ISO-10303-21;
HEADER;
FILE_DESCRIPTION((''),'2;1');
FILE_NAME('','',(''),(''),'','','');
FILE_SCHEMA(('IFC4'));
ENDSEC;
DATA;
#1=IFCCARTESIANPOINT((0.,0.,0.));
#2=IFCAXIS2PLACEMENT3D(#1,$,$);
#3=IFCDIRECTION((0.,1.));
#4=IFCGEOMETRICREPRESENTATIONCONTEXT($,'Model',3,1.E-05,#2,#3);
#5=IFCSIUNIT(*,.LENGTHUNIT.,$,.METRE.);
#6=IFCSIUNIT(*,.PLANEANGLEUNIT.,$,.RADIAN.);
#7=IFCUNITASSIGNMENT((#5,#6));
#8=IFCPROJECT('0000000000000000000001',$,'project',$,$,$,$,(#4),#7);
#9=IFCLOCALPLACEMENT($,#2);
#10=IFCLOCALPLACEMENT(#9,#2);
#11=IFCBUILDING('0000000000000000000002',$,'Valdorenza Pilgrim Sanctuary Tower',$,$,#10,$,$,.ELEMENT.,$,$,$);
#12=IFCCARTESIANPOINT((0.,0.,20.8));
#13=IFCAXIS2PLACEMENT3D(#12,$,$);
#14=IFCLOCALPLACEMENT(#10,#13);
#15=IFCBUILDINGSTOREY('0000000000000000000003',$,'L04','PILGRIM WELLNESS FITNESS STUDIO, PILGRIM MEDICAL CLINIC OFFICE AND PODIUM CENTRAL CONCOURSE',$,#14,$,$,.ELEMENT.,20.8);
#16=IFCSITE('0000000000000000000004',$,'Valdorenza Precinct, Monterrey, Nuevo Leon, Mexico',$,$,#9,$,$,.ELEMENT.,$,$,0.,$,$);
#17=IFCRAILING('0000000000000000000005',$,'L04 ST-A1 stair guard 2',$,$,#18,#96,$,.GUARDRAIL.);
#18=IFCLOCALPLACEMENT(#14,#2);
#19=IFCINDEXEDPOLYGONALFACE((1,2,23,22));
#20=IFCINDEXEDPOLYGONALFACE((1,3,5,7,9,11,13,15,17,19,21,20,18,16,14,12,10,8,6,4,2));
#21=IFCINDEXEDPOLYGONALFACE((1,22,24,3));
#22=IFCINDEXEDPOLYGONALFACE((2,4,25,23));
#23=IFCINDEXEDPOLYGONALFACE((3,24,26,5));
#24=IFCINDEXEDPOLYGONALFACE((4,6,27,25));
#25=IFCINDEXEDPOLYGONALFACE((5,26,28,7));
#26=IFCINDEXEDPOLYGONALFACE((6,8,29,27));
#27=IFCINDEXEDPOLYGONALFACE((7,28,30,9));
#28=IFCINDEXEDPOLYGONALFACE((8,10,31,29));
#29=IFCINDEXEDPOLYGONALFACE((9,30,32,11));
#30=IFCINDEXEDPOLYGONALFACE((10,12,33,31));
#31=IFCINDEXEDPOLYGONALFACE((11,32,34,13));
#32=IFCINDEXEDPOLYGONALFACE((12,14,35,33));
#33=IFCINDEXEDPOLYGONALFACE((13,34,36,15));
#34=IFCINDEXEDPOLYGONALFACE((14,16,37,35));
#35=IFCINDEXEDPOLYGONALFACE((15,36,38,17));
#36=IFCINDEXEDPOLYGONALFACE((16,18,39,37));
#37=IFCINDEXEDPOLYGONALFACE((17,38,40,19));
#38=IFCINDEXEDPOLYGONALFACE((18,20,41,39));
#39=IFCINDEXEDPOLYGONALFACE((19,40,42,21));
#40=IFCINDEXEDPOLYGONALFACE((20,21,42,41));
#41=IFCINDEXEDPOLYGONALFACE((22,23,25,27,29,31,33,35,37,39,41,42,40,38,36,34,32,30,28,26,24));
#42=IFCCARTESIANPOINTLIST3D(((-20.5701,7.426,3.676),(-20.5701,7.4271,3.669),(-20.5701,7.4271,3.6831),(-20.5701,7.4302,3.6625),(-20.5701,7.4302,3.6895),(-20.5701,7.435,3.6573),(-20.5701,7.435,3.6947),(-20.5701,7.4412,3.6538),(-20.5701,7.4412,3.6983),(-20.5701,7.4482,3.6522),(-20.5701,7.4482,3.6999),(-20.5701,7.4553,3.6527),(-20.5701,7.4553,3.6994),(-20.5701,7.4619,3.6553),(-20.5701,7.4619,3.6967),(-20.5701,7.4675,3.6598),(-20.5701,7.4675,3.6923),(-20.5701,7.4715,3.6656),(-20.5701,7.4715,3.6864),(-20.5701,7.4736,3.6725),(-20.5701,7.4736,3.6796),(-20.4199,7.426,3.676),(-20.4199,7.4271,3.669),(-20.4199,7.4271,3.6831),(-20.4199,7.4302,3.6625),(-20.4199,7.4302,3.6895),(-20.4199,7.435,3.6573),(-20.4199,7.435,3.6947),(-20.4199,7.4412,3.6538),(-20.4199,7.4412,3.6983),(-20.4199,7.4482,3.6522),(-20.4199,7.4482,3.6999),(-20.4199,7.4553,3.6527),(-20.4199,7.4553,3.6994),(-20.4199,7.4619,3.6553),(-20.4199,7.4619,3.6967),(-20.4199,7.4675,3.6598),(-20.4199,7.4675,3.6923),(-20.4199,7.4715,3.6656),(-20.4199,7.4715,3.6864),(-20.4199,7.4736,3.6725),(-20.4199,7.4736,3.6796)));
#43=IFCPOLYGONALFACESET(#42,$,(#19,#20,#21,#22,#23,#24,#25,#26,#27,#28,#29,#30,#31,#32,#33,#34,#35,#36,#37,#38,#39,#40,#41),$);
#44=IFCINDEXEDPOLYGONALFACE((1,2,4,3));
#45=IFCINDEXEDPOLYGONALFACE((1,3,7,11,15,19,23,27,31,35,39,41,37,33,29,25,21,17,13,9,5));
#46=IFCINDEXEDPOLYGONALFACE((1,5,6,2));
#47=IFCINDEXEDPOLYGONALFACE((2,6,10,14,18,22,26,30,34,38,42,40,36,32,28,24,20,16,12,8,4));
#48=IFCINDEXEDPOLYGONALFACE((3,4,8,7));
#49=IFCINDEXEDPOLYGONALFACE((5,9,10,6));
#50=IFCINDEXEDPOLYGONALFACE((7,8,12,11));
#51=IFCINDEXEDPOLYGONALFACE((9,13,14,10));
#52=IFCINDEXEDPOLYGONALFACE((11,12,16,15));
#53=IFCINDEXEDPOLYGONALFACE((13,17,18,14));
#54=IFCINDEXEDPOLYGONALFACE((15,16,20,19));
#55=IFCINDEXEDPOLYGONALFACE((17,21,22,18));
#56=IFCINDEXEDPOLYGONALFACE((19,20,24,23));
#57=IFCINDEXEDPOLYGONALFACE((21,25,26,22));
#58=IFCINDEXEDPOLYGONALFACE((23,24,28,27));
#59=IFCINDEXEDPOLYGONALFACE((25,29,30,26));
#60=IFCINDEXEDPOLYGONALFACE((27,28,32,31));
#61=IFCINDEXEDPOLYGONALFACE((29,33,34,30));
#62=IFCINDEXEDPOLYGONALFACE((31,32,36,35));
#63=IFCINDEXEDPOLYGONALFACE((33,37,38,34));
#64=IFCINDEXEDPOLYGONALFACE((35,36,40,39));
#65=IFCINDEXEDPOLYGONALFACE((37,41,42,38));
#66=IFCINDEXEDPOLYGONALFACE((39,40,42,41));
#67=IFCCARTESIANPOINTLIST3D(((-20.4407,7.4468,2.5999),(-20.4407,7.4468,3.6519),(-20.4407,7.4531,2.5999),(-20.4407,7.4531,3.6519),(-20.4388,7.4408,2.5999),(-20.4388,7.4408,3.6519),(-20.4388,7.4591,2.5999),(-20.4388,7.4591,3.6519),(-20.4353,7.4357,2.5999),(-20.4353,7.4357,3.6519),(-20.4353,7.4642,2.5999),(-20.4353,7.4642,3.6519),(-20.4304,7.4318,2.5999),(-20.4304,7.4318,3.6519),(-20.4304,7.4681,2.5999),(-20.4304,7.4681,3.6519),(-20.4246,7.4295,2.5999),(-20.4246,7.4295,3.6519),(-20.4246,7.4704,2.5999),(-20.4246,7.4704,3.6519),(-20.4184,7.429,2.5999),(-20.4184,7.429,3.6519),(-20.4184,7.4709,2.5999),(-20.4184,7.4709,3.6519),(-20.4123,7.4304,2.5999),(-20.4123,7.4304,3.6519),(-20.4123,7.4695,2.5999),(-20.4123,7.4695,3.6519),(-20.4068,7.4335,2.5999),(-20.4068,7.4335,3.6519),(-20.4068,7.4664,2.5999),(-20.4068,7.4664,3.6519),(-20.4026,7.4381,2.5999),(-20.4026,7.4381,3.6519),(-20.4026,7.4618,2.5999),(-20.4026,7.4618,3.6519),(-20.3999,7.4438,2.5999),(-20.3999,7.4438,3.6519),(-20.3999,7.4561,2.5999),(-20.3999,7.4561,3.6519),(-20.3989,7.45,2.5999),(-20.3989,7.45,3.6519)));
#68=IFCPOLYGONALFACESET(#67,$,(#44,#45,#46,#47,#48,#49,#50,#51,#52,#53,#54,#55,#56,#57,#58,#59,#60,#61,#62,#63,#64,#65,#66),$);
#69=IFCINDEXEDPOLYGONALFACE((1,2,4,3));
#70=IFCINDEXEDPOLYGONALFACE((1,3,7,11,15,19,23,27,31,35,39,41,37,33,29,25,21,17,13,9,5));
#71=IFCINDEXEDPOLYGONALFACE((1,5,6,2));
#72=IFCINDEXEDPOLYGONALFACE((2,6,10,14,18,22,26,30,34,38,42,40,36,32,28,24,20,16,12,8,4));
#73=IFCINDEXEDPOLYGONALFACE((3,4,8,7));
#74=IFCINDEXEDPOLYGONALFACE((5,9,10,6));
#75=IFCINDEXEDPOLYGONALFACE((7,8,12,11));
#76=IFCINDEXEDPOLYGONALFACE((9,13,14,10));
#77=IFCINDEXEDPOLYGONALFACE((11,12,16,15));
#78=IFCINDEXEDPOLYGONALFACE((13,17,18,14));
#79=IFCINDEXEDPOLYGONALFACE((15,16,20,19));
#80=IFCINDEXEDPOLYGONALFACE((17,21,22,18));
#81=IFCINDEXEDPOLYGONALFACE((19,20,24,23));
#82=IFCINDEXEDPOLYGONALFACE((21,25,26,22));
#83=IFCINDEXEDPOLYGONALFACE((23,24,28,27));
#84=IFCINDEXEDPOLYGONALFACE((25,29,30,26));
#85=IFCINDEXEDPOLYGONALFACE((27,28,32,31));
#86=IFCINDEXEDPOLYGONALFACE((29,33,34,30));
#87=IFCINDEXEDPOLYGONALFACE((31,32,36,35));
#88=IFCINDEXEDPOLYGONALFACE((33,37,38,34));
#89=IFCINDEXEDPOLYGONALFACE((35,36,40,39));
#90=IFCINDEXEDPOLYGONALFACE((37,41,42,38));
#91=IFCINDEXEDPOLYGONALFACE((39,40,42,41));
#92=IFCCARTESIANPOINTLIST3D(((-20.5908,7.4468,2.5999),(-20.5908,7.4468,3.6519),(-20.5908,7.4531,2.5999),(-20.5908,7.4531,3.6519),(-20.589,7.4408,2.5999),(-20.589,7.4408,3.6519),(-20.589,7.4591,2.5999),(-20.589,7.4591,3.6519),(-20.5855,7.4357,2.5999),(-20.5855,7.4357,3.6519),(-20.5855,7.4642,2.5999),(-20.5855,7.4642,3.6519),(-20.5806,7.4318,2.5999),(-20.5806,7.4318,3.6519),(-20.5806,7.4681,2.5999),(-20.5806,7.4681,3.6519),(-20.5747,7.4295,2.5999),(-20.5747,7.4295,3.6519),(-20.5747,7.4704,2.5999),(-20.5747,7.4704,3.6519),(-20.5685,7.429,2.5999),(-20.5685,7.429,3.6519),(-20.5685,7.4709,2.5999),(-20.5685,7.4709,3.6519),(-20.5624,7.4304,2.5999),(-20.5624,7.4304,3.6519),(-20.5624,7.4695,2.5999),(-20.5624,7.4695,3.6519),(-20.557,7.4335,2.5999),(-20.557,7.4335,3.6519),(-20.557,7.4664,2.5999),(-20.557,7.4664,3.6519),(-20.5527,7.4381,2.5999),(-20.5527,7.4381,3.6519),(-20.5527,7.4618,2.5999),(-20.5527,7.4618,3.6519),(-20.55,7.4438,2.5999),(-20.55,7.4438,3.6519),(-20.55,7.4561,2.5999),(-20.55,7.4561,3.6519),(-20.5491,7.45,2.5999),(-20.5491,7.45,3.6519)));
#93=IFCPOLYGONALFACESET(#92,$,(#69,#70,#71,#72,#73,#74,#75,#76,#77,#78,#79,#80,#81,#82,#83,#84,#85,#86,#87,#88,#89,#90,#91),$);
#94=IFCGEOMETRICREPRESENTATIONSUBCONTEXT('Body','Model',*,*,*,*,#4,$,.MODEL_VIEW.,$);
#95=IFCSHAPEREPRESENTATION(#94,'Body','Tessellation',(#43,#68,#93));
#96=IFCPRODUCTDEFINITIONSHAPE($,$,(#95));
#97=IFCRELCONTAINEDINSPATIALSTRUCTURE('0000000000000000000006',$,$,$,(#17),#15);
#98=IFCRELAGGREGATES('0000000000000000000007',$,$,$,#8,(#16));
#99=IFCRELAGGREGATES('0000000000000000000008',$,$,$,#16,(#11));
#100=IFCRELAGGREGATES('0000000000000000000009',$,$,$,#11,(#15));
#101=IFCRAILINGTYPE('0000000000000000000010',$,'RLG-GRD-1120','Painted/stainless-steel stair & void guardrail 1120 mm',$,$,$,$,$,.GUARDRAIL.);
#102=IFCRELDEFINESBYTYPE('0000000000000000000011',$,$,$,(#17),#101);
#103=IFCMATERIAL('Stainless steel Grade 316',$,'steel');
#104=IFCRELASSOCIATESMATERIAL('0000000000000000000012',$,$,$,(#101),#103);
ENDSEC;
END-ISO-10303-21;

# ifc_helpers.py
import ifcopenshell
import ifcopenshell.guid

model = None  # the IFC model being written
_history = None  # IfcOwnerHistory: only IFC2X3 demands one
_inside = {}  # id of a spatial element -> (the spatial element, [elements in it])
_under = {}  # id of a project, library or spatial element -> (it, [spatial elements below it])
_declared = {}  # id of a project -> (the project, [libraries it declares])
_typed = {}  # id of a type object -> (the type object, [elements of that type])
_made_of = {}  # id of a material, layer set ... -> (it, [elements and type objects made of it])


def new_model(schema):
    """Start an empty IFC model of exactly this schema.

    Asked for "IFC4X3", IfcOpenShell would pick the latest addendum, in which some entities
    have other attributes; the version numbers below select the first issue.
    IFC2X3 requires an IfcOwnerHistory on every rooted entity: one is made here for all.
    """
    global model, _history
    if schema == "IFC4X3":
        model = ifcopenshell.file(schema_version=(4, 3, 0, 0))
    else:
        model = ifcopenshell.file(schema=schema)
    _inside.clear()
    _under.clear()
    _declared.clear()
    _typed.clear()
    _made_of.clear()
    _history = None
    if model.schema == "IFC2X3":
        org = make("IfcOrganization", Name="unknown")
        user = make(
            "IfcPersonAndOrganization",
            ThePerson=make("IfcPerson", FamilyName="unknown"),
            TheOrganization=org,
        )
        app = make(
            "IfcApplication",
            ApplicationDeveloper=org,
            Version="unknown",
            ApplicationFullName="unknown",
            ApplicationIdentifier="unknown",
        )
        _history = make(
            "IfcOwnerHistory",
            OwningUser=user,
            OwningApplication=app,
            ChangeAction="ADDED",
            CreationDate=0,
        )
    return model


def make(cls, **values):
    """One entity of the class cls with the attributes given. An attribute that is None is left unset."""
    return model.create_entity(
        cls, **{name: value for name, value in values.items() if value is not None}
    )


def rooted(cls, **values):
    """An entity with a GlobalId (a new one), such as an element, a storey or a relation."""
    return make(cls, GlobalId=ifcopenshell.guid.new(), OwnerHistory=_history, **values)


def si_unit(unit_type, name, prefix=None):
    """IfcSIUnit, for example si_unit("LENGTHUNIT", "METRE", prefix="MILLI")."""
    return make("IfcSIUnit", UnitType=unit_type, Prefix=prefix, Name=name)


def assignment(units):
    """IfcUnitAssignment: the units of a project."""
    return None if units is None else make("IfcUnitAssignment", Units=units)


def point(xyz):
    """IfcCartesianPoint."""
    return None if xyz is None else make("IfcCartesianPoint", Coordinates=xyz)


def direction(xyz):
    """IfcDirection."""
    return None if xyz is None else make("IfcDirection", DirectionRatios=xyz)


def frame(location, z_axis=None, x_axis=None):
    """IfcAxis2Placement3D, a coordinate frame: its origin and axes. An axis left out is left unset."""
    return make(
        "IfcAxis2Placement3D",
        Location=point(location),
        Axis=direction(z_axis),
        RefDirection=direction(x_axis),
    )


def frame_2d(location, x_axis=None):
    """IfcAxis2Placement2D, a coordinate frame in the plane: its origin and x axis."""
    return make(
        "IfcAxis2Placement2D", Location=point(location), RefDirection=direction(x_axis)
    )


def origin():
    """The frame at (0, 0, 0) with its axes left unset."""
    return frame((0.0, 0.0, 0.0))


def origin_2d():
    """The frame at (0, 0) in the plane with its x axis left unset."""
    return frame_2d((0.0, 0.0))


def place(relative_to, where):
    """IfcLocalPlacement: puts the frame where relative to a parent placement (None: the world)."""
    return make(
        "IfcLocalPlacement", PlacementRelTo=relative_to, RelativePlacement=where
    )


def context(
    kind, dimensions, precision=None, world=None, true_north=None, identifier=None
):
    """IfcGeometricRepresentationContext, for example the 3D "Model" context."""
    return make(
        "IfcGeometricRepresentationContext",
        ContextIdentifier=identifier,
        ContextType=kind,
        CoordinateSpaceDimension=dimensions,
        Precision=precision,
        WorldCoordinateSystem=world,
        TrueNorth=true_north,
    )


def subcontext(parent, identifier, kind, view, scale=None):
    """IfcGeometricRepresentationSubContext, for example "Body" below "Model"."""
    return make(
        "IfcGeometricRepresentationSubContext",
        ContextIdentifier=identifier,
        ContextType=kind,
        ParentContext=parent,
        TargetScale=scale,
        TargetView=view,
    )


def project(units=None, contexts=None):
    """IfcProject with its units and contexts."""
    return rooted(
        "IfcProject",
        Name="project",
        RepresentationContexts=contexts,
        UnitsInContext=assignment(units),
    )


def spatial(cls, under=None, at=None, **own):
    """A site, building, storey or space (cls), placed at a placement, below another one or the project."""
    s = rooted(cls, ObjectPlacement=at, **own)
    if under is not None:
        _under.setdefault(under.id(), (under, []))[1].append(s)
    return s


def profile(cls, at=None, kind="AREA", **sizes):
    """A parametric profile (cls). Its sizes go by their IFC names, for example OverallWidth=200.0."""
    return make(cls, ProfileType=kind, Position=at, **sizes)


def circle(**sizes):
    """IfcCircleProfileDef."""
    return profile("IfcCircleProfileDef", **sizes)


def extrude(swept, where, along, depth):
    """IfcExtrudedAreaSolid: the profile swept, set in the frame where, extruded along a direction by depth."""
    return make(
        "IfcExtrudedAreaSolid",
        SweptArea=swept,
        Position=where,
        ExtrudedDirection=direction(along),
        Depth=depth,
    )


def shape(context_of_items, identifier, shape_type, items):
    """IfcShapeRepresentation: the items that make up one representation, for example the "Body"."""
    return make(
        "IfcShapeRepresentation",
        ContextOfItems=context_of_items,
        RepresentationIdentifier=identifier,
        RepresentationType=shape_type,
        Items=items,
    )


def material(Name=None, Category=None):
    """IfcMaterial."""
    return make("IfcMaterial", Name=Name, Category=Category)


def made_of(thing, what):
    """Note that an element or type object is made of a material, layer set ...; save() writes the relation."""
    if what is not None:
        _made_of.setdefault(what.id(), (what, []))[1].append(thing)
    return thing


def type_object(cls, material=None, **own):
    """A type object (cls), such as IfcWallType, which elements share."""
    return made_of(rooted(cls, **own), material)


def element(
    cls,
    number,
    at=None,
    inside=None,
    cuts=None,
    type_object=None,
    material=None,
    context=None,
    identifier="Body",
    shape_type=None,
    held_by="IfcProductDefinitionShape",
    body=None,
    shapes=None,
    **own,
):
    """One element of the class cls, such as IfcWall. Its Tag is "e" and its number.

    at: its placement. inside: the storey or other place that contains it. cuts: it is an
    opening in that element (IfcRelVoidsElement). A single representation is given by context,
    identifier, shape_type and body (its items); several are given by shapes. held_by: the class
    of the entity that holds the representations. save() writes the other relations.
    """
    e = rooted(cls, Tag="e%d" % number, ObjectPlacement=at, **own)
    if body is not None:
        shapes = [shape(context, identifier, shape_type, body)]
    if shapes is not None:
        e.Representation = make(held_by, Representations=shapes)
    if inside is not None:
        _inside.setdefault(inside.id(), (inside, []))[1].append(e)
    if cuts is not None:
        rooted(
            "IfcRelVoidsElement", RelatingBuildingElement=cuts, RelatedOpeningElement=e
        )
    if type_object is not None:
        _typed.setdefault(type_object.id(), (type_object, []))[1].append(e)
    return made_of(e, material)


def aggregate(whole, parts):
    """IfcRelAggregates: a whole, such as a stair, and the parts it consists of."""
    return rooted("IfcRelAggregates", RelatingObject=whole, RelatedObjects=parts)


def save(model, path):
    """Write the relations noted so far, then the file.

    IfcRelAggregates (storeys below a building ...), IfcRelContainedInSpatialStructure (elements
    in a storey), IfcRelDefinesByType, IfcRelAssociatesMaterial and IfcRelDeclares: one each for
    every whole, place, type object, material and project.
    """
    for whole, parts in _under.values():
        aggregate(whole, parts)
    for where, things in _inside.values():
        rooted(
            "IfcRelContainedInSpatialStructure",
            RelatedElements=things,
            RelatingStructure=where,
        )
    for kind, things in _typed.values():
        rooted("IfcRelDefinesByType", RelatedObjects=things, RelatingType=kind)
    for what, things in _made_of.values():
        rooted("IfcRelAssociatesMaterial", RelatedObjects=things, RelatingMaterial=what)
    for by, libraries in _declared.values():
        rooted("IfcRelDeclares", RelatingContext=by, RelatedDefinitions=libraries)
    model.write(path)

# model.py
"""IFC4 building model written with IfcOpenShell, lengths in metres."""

from ifc_helpers import new_model, si_unit, direction, frame, origin, origin_2d, place, context, subcontext, project, spatial, circle, extrude, material, type_object, element, save


model = new_model("IFC4")

# Units and contexts
model_context = context("Model", 3, precision=1e-05, world=origin(), true_north=direction((0.0, 1.0)))
body_context = subcontext(model_context, "Body", "Model", "MODEL_VIEW")
ifc_project = project(units=[si_unit("LENGTHUNIT", "METRE"), si_unit("PLANEANGLEUNIT", "RADIAN")], contexts=[model_context])

# Site, building, storey
site_placement = place(None, origin())
site = spatial("IfcSite", under=ifc_project, at=site_placement, Name="Valdorenza Precinct, Monterrey, Nuevo Leon, Mexico", CompositionType="ELEMENT", RefElevation=0.0)
building_placement = place(site_placement, origin())
building = spatial("IfcBuilding", under=site, at=building_placement, Name="Valdorenza Pilgrim Sanctuary Tower", CompositionType="ELEMENT")
storey_placement = place(building_placement, frame((0.0, 0.0, 20.8)))
storey = spatial("IfcBuildingStorey", under=building, at=storey_placement, Name="L04", Description="PILGRIM WELLNESS FITNESS STUDIO, PILGRIM MEDICAL CLINIC OFFICE AND PODIUM CENTRAL CONCOURSE", CompositionType="ELEMENT", Elevation=20.8)

# Railing
ifc_material_1 = material(Name="Stainless steel Grade 316", Category="steel")
railing_type_1 = type_object("IfcRailingType", Name="RLG-GRD-1120", Description="Painted/stainless-steel stair & void guardrail 1120 mm", PredefinedType="GUARDRAIL", material=ifc_material_1)
railing_1_placement = place(storey_placement, frame((-20.4199, 7.45, 2.5999)))
element("IfcRailing", 1, at=railing_1_placement, inside=storey, type_object=railing_type_1, Name="L04 ST-A1 stair guard 2", PredefinedType="GUARDRAIL", context=body_context, shape_type="SweptSolid", body=[
    extrude(circle(Radius=0.0239, at=origin_2d()), frame((0.0, 0.0, 1.0762), z_axis=(-1.0, 0.0, 0.0), x_axis=(0.0, -1.0, 0.0)), (0.0, 0.0, 1.0), 0.1501),
    extrude(circle(Radius=0.021, at=origin_2d()), origin(), (0.0, 0.0, 1.0), 1.052),
    extrude(circle(Radius=0.021, at=origin_2d()), frame((-0.1501, 0.0, 0.0)), (0.0, 0.0, 1.0), 1.052),
])

save(model, "model.ifc")
